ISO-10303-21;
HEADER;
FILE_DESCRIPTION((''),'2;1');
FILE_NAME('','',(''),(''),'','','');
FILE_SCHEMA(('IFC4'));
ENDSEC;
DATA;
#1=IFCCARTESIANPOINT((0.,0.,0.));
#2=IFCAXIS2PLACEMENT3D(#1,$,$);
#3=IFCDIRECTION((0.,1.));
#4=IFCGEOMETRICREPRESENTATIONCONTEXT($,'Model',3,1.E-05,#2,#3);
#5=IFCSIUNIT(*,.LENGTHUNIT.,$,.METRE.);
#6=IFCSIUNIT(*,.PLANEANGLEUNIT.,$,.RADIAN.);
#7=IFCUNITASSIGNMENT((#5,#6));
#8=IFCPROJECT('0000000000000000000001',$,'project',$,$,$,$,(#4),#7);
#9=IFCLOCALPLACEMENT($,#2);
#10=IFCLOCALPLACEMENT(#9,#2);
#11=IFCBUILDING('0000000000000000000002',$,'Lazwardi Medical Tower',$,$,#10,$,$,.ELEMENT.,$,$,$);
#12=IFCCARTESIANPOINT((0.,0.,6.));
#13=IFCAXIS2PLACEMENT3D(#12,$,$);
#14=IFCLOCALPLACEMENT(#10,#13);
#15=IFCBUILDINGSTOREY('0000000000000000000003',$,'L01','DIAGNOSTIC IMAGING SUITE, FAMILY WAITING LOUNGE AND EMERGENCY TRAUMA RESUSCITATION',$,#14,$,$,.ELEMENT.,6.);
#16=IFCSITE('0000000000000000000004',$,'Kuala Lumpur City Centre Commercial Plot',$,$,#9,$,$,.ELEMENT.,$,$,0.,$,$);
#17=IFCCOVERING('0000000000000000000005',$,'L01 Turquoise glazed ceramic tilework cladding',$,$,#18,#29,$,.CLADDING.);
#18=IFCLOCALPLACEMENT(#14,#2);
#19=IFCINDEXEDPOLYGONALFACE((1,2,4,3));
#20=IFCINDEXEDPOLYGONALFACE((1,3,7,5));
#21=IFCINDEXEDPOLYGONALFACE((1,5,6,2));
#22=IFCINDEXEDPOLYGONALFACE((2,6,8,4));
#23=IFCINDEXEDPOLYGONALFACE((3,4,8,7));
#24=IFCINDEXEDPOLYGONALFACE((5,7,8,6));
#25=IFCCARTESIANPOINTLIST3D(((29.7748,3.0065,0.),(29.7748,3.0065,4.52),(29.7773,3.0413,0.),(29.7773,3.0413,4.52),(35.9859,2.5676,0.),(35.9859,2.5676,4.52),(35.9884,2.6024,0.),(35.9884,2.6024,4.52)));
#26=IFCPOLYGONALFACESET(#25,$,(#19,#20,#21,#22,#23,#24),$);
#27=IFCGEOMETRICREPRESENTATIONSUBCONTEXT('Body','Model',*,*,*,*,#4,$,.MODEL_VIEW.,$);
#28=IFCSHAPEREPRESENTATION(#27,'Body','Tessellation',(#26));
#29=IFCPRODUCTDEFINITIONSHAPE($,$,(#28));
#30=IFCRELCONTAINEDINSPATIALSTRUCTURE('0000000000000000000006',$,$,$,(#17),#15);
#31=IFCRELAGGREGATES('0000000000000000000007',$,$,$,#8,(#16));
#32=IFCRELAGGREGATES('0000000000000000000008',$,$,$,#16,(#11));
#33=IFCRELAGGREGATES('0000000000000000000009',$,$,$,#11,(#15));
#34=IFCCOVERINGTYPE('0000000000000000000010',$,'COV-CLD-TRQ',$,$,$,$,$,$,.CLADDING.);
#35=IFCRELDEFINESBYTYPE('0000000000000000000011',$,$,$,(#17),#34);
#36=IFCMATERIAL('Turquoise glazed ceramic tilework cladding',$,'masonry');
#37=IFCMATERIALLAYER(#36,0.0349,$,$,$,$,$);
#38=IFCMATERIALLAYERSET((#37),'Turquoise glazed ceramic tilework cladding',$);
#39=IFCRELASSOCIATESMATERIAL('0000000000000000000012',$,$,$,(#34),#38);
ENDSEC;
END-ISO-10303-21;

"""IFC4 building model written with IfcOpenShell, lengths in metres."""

from ifc_helpers import new_model, si_unit, direction, frame, origin, origin_2d, place, context, subcontext, project, spatial, rectangle, extrude, material, layer, layer_set, type_object, element, save


model = new_model("IFC4")

# Units and contexts
model_context = context("Model", 3, precision=1e-05, world=origin(), true_north=direction((0.0, 1.0)))
body_context = subcontext(model_context, "Body", "Model", "MODEL_VIEW")
ifc_project = project(units=[si_unit("LENGTHUNIT", "METRE"), si_unit("PLANEANGLEUNIT", "RADIAN")], contexts=[model_context])

# Site, building, storey
site_placement = place(None, origin())
site = spatial("IfcSite", under=ifc_project, at=site_placement, Name="Kuala Lumpur City Centre Commercial Plot", CompositionType="ELEMENT", RefElevation=0.0)
building_placement = place(site_placement, origin())
building = spatial("IfcBuilding", under=site, at=building_placement, Name="Lazwardi Medical Tower", CompositionType="ELEMENT")
storey_placement = place(building_placement, frame((0.0, 0.0, 6.0)))
storey = spatial("IfcBuildingStorey", under=building, at=storey_placement, Name="L01", Description="DIAGNOSTIC IMAGING SUITE, FAMILY WAITING LOUNGE AND EMERGENCY TRAUMA RESUSCITATION", CompositionType="ELEMENT", Elevation=6.0)

# Covering
ifc_material_1 = material(Name="Turquoise glazed ceramic tilework cladding", Category="masonry")
ifc_layer_1 = layer(ifc_material_1, 0.0349)
ifc_layer_set_1 = layer_set([ifc_layer_1], Name="Turquoise glazed ceramic tilework cladding")
covering_type_1 = type_object("IfcCoveringType", Name="COV-CLD-TRQ", PredefinedType="CLADDING", material=ifc_layer_set_1)
covering_1_placement = place(storey_placement, frame((32.8816, 2.8044, 0.0), z_axis=(0.0, 0.0, 1.0), x_axis=(0.997513, -0.070488, 0.0)))
element("IfcCovering", 1, at=covering_1_placement, inside=storey, type_object=covering_type_1, Name="L01 Turquoise glazed ceramic tilework cladding", PredefinedType="CLADDING", context=body_context, shape_type="SweptSolid", body=[
    extrude(rectangle(XDim=6.2266, YDim=0.0349, at=origin_2d()), origin(), (0.0, 0.0, 1.0), 4.52),
])

save(model, "model.ifc")
